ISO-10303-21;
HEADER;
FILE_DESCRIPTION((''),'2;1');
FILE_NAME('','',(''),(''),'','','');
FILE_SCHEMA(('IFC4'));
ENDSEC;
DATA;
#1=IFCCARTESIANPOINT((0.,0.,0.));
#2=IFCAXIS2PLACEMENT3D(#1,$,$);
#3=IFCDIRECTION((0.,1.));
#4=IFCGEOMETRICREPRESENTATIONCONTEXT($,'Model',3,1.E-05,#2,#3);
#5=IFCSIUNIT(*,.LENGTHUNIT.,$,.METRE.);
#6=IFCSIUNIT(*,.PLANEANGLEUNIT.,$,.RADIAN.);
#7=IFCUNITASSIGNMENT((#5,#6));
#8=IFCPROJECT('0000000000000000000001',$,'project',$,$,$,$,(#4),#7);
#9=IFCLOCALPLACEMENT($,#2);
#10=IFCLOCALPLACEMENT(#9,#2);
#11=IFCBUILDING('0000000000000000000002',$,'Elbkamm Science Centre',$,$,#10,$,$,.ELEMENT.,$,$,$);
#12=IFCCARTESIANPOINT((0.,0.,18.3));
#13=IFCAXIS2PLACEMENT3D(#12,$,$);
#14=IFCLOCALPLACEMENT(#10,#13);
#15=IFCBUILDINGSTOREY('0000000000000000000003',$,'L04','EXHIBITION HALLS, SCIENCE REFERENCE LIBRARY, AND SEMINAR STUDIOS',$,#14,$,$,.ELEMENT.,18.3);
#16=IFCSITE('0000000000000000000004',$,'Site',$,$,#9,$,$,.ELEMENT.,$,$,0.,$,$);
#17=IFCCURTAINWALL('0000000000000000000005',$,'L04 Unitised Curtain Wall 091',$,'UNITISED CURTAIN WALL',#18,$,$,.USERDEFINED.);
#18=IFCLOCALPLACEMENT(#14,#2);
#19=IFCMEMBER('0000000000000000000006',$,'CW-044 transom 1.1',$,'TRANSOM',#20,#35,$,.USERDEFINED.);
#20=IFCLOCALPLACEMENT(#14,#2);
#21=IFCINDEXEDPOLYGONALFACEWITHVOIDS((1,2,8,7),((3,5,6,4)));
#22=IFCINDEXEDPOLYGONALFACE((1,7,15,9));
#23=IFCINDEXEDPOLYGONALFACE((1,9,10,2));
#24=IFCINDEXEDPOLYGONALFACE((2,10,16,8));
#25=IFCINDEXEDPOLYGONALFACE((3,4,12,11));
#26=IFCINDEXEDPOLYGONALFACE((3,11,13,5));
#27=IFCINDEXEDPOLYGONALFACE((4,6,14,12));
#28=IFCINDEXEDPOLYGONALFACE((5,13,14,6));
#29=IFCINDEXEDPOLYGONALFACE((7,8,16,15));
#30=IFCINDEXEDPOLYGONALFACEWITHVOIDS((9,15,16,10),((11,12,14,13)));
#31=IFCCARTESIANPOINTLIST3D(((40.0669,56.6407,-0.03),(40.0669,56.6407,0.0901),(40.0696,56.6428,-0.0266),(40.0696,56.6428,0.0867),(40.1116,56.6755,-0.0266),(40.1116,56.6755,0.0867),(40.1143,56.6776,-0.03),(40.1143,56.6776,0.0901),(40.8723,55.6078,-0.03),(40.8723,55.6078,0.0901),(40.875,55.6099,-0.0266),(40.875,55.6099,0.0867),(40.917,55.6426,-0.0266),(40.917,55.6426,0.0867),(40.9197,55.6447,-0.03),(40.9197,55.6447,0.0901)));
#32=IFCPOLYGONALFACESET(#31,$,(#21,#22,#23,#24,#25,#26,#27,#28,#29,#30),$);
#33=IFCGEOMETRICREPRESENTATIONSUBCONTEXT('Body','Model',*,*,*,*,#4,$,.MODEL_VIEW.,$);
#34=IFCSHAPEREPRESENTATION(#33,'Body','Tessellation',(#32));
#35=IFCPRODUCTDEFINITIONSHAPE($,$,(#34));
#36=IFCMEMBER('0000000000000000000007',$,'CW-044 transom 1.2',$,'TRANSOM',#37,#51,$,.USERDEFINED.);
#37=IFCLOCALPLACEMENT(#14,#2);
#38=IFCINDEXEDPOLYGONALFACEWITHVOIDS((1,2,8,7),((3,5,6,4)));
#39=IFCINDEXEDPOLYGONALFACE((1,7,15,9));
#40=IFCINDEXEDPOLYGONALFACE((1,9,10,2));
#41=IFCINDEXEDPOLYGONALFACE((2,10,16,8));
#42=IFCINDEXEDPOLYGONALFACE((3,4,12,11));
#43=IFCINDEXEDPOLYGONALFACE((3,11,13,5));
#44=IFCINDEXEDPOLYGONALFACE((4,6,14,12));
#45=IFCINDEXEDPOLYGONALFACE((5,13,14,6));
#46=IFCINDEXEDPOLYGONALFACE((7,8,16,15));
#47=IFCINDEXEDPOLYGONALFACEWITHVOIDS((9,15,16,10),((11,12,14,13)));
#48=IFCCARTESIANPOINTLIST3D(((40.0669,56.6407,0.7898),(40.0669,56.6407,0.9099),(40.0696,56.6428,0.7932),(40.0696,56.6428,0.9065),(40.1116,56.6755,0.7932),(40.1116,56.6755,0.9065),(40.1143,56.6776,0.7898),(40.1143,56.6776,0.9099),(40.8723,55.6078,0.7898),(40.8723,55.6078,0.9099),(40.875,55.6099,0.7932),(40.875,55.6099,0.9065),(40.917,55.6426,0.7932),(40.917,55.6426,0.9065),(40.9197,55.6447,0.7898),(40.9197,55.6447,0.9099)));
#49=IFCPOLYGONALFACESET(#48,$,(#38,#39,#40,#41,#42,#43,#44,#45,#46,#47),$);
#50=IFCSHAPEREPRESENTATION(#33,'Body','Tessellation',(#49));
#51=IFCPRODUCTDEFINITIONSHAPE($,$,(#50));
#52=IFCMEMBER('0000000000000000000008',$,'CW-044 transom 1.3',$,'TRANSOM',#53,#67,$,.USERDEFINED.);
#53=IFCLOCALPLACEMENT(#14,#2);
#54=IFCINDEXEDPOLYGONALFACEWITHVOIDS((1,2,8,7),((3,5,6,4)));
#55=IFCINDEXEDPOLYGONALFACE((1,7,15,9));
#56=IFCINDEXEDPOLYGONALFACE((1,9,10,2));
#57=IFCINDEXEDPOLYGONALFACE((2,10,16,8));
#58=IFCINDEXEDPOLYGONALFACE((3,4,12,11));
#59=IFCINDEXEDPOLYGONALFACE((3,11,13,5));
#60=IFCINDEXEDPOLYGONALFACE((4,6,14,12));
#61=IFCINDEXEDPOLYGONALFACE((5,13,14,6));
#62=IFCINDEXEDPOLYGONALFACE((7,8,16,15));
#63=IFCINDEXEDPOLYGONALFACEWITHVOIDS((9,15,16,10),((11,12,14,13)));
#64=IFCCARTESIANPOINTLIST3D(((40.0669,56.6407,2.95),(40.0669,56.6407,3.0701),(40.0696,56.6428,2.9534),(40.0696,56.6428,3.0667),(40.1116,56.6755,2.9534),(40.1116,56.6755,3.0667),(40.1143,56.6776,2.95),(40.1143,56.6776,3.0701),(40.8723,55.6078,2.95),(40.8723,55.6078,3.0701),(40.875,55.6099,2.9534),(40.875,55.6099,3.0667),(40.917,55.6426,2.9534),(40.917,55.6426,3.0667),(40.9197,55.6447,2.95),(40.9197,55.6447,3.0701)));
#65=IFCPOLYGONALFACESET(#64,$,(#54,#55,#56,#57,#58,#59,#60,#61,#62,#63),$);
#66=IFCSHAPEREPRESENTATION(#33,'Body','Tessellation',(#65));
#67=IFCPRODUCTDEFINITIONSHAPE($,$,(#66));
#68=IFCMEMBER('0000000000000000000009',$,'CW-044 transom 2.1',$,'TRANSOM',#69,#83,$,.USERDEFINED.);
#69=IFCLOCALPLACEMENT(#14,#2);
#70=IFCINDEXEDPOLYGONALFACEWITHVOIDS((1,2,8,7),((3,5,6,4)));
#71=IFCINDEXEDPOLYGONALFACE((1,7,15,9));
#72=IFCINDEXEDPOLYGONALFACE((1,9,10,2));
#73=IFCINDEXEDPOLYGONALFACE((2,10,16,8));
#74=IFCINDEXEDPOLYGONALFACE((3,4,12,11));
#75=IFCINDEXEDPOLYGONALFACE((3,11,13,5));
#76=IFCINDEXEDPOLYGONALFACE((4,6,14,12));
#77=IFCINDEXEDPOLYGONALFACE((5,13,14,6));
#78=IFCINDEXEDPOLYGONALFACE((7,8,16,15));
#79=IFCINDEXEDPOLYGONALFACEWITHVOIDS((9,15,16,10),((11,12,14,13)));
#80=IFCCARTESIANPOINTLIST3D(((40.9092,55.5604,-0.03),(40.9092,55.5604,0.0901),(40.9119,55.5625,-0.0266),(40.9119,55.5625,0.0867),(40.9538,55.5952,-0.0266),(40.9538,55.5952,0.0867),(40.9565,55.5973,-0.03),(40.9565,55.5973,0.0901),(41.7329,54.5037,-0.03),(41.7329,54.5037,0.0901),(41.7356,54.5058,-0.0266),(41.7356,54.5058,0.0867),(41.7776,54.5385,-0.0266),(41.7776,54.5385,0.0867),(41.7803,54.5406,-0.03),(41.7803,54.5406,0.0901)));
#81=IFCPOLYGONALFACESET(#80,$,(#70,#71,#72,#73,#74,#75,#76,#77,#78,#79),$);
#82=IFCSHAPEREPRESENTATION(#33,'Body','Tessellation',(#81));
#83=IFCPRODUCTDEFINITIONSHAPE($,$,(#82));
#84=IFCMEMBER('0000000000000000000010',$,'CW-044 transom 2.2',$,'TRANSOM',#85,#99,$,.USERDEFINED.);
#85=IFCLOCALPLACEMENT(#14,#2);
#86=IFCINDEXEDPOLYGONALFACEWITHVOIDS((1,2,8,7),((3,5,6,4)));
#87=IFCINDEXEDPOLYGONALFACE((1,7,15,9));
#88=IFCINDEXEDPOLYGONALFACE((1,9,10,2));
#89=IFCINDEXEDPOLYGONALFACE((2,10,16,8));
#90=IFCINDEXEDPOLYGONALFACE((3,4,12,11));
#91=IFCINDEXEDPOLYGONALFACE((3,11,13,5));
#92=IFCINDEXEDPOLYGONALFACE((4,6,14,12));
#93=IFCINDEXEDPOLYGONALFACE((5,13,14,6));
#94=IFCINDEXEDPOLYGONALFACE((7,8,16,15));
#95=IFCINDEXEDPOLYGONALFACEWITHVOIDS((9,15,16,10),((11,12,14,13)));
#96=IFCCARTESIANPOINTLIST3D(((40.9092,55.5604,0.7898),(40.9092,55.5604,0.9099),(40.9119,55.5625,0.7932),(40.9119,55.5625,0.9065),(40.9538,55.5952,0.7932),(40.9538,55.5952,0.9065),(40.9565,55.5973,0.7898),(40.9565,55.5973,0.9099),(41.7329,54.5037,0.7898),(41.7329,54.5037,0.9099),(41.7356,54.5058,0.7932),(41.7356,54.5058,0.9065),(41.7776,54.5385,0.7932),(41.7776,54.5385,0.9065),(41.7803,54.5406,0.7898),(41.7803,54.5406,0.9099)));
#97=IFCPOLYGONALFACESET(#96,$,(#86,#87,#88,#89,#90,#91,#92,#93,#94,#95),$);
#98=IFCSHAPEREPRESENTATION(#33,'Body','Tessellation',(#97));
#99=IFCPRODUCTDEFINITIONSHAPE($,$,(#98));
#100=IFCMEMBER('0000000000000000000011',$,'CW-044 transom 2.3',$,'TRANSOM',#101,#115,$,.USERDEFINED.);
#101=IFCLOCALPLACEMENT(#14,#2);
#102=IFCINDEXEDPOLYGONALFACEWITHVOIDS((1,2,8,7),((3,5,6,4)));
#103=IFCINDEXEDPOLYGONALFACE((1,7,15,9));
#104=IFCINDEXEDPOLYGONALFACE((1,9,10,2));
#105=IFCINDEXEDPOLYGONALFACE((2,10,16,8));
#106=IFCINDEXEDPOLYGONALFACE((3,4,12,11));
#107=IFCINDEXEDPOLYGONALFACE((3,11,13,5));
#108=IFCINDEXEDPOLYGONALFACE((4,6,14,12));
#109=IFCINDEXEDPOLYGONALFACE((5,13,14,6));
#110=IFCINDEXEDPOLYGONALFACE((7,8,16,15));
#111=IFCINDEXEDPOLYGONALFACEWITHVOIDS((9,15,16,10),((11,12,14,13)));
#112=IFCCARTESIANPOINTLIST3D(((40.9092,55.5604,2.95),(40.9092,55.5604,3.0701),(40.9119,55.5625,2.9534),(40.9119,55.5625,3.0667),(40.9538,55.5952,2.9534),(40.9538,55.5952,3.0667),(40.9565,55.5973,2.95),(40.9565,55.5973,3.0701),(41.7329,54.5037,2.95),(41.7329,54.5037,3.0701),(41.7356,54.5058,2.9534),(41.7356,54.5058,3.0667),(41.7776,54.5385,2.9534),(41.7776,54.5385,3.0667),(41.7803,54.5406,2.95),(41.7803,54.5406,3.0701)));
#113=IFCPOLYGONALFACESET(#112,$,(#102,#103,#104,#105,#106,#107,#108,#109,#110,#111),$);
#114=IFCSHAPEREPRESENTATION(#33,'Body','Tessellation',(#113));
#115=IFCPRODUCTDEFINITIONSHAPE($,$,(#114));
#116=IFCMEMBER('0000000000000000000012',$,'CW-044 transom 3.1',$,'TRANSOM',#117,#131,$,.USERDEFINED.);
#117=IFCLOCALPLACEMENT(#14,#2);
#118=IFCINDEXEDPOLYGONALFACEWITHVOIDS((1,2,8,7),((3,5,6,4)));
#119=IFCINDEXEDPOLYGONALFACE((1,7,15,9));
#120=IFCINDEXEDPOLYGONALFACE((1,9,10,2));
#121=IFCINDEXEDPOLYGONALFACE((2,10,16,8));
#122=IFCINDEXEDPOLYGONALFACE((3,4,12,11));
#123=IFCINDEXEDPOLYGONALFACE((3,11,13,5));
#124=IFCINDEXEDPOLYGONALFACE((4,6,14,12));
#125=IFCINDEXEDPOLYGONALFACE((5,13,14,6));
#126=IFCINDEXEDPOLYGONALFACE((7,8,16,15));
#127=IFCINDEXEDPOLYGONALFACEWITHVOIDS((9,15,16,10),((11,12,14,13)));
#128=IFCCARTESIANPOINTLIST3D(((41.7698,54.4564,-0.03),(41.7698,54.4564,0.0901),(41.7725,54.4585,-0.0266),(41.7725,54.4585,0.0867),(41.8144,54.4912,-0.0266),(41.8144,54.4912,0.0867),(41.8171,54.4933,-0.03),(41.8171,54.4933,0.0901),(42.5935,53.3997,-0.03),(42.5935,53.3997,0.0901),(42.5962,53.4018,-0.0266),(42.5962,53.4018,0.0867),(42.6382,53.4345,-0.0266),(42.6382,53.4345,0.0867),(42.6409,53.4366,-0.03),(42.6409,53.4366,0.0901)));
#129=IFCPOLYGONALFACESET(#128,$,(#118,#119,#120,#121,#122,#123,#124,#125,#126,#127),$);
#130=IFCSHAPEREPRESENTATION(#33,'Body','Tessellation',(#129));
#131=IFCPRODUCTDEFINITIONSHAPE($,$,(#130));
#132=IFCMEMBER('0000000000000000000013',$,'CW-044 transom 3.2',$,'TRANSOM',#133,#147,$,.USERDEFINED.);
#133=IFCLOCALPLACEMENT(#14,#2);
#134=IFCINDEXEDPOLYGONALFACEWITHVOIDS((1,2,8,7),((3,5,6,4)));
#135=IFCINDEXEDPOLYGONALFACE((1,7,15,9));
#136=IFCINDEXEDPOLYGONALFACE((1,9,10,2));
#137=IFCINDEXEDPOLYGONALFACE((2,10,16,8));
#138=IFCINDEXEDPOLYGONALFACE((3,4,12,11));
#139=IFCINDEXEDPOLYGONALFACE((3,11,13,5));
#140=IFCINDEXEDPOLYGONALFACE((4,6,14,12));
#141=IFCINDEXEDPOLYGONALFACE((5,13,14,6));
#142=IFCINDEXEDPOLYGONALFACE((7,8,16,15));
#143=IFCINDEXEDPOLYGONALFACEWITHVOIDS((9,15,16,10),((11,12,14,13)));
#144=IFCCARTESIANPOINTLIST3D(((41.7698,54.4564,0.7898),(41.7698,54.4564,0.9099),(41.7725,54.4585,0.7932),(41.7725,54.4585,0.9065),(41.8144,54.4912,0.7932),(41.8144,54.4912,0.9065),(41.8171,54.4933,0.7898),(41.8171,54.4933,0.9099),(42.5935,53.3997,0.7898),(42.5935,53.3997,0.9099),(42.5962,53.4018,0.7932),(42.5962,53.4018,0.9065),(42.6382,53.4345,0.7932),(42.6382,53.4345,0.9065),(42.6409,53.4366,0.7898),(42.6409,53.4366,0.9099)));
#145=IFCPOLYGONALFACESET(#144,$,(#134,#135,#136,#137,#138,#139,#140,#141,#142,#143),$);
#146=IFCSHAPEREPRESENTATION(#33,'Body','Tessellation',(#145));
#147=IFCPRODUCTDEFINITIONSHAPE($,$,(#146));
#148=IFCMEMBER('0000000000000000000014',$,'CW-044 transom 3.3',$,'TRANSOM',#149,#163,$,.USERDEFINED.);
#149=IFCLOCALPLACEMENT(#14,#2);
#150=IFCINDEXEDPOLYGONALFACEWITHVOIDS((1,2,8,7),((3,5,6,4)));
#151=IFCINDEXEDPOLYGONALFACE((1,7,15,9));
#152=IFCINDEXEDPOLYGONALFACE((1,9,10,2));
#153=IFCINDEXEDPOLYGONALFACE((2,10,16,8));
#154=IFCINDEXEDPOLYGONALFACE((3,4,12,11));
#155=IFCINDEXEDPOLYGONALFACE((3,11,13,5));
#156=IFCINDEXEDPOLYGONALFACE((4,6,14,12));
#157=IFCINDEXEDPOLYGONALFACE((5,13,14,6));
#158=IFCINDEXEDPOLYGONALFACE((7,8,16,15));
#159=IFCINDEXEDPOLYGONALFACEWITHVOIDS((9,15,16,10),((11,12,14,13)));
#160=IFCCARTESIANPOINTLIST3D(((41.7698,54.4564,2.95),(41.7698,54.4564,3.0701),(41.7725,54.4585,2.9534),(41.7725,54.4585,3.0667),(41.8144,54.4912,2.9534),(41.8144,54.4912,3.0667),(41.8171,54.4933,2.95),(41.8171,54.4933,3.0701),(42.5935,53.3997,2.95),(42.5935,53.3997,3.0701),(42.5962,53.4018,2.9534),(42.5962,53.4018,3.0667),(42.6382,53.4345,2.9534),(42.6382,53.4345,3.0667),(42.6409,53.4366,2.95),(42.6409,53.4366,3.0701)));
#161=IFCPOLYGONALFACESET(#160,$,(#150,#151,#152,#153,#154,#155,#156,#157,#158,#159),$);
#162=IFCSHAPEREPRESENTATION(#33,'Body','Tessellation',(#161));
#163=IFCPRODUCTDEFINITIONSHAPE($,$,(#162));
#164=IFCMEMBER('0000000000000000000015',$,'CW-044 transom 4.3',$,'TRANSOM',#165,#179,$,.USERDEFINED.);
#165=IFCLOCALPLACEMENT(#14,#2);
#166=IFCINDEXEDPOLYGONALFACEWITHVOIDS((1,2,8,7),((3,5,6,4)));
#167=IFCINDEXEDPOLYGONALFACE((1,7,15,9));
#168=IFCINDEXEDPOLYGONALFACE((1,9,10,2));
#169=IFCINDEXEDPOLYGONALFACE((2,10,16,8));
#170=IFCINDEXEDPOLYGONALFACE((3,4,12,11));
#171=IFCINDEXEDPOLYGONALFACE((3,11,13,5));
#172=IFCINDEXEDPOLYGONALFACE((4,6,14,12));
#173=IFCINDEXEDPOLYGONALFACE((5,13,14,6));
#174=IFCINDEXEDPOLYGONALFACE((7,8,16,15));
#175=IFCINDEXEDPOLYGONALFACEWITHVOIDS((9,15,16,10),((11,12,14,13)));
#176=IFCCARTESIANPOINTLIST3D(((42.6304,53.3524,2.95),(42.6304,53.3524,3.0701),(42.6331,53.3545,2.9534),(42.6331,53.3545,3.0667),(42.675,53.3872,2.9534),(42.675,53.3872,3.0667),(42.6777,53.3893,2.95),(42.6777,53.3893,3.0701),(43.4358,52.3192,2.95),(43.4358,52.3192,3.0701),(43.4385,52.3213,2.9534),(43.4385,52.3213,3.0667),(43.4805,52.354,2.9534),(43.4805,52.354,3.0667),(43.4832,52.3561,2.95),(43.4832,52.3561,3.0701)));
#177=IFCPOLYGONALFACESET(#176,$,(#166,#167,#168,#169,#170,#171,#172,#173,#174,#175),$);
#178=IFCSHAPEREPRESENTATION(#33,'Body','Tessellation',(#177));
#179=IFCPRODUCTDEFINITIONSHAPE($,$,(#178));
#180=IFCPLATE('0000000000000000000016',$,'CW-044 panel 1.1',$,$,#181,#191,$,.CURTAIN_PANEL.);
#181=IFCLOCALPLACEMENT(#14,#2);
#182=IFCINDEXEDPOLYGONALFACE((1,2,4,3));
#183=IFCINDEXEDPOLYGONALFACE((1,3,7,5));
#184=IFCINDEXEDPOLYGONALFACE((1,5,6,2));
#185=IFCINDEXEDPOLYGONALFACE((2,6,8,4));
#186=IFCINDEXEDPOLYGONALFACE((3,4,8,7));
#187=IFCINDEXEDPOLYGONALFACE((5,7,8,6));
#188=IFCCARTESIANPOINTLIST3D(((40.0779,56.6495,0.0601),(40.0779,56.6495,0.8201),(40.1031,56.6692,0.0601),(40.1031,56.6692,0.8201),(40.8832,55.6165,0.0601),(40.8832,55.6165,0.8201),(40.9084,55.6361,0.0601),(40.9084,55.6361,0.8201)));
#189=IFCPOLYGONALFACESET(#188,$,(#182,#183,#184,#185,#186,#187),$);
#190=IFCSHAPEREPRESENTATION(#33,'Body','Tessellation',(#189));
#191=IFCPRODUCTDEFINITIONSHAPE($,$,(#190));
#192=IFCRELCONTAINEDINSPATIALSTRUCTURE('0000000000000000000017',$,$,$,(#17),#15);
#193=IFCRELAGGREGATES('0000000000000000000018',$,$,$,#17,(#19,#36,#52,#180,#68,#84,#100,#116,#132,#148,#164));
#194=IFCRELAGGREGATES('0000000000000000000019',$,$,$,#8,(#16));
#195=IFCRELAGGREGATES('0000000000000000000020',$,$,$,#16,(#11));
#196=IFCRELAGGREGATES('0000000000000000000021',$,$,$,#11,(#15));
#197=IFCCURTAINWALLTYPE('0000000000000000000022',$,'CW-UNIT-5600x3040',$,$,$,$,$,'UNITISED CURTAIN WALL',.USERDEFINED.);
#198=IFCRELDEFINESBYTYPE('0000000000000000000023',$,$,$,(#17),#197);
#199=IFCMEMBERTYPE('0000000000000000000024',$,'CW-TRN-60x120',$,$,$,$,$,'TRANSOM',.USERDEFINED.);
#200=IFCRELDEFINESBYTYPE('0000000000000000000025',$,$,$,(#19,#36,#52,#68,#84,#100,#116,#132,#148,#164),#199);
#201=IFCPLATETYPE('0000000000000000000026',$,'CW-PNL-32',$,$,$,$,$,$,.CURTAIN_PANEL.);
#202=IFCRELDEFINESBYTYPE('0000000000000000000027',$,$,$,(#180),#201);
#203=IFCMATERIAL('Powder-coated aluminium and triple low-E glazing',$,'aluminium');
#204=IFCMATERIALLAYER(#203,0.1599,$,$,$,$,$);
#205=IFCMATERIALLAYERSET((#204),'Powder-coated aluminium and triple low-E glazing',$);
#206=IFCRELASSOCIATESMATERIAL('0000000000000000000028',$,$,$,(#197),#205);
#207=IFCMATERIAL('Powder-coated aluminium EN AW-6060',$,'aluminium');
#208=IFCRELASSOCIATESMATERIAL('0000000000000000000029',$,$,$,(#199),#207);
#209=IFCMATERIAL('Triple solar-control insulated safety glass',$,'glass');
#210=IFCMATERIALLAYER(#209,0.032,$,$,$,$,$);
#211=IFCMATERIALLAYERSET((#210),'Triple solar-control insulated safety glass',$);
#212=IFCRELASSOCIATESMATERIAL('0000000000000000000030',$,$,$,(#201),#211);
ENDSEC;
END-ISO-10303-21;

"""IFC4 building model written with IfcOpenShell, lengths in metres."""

from ifc_helpers import new_model, si_unit, direction, frame, origin, origin_2d, place, context, subcontext, project, spatial, rectangle, hollow_rectangle, extrude, material, layer, layer_set, material_profile, profile_set, type_object, element, aggregate, save


model = new_model("IFC4")

# Units and contexts
model_context = context("Model", 3, precision=1e-05, world=origin(), true_north=direction((0.0, 1.0)))
body_context = subcontext(model_context, "Body", "Model", "MODEL_VIEW")
ifc_project = project(units=[si_unit("LENGTHUNIT", "METRE"), si_unit("PLANEANGLEUNIT", "RADIAN")], contexts=[model_context])

# Site, building, storey
site_placement = place(None, origin())
site = spatial("IfcSite", under=ifc_project, at=site_placement, Name="Site", CompositionType="ELEMENT", RefElevation=0.0)
building_placement = place(site_placement, origin())
building = spatial("IfcBuilding", under=site, at=building_placement, Name="Elbkamm Science Centre", CompositionType="ELEMENT")
storey_placement = place(building_placement, frame((0.0, 0.0, 18.3)))
storey = spatial("IfcBuildingStorey", under=building, at=storey_placement, Name="L04", Description="EXHIBITION HALLS, SCIENCE REFERENCE LIBRARY, AND SEMINAR STUDIOS", CompositionType="ELEMENT", Elevation=18.3)

# Shared definitions
ifc_material_1 = material(Name="Powder-coated aluminium and triple low-E glazing", Category="aluminium")
ifc_material_2 = material(Name="Powder-coated aluminium EN AW-6060", Category="aluminium")

# Curtain wall, members, plate
ifc_layer_1 = layer(ifc_material_1, 0.1599)
ifc_layer_set_1 = layer_set([ifc_layer_1], Name="Powder-coated aluminium and triple low-E glazing")
curtain_wall_type_1 = type_object("IfcCurtainWallType", Name="CW-UNIT-5600x3040", ElementType="UNITISED CURTAIN WALL", PredefinedType="USERDEFINED", material=ifc_layer_set_1)
curtain_wall_1_placement = place(storey_placement, origin())
curtain_wall_1 = element("IfcCurtainWall", 1, at=curtain_wall_1_placement, inside=storey, type_object=curtain_wall_type_1, Name="L04 Unitised Curtain Wall 091", ObjectType="UNITISED CURTAIN WALL", PredefinedType="USERDEFINED")
ifc_material_profile_1 = material_profile(ifc_material_2, hollow_rectangle(XDim=0.0601, YDim=0.1201, WallThickness=0.0034, at=origin_2d()), Name="ALU T60x120")
ifc_profile_set_1 = profile_set([ifc_material_profile_1], Name="Powder-coated aluminium EN AW-6060")
member_type_1 = type_object("IfcMemberType", Name="CW-TRN-60x120", ElementType="TRANSOM", PredefinedType="USERDEFINED", material=ifc_profile_set_1)
member_1_placement = place(storey_placement, frame((40.0906, 56.6592, 0.03), z_axis=(0.614895, -0.788609, 0.0), x_axis=(0.788609, 0.614895, 0.0)))
member_1 = element("IfcMember", 2, at=member_1_placement, type_object=member_type_1, Name="CW-044 transom 1.1", ObjectType="TRANSOM", PredefinedType="USERDEFINED", context=body_context, shape_type="SweptSolid", body=[
    extrude(hollow_rectangle(XDim=0.0601, YDim=0.1201, WallThickness=0.0034, at=origin_2d()), origin(), (0.0, 0.0, 1.0), 1.3098),
])
member_2_placement = place(storey_placement, frame((40.0906, 56.6592, 0.8499), z_axis=(0.614895, -0.788609, 0.0), x_axis=(0.788609, 0.614895, 0.0)))
member_2 = element("IfcMember", 3, at=member_2_placement, type_object=member_type_1, Name="CW-044 transom 1.2", ObjectType="TRANSOM", PredefinedType="USERDEFINED", context=body_context, shape_type="SweptSolid", body=[
    extrude(hollow_rectangle(XDim=0.0601, YDim=0.1201, WallThickness=0.0034, at=origin_2d()), origin(), (0.0, 0.0, 1.0), 1.3098),
])
member_3_placement = place(storey_placement, frame((40.0906, 56.6592, 3.01), z_axis=(0.614895, -0.788609, 0.0), x_axis=(0.788609, 0.614895, 0.0)))
member_3 = element("IfcMember", 4, at=member_3_placement, type_object=member_type_1, Name="CW-044 transom 1.3", ObjectType="TRANSOM", PredefinedType="USERDEFINED", context=body_context, shape_type="SweptSolid", body=[
    extrude(hollow_rectangle(XDim=0.0601, YDim=0.1201, WallThickness=0.0034, at=origin_2d()), origin(), (0.0, 0.0, 1.0), 1.3098),
])
member_4_placement = place(storey_placement, frame((40.9329, 55.5789, 0.03), z_axis=(0.614823, -0.788665, 0.0), x_axis=(0.788665, 0.614823, 0.0)))
member_4 = element("IfcMember", 5, at=member_4_placement, type_object=member_type_1, Name="CW-044 transom 2.1", ObjectType="TRANSOM", PredefinedType="USERDEFINED", context=body_context, shape_type="SweptSolid", body=[
    extrude(hollow_rectangle(XDim=0.0601, YDim=0.1201, WallThickness=0.0034, at=origin_2d()), origin(), (0.0, 0.0, 1.0), 1.3398),
])
member_5_placement = place(storey_placement, frame((40.9329, 55.5789, 0.8499), z_axis=(0.614823, -0.788665, 0.0), x_axis=(0.788665, 0.614823, 0.0)))
member_5 = element("IfcMember", 6, at=member_5_placement, type_object=member_type_1, Name="CW-044 transom 2.2", ObjectType="TRANSOM", PredefinedType="USERDEFINED", context=body_context, shape_type="SweptSolid", body=[
    extrude(hollow_rectangle(XDim=0.0601, YDim=0.1201, WallThickness=0.0034, at=origin_2d()), origin(), (0.0, 0.0, 1.0), 1.3398),
])
member_6_placement = place(storey_placement, frame((40.9329, 55.5789, 3.01), z_axis=(0.614823, -0.788665, 0.0), x_axis=(0.788665, 0.614823, 0.0)))
member_6 = element("IfcMember", 7, at=member_6_placement, type_object=member_type_1, Name="CW-044 transom 2.3", ObjectType="TRANSOM", PredefinedType="USERDEFINED", context=body_context, shape_type="SweptSolid", body=[
    extrude(hollow_rectangle(XDim=0.0601, YDim=0.1201, WallThickness=0.0034, at=origin_2d()), origin(), (0.0, 0.0, 1.0), 1.3398),
])
member_7_placement = place(storey_placement, frame((41.7935, 54.4749, 0.03), z_axis=(0.614823, -0.788665, 0.0), x_axis=(0.788665, 0.614823, 0.0)))
member_7 = element("IfcMember", 8, at=member_7_placement, type_object=member_type_1, Name="CW-044 transom 3.1", ObjectType="TRANSOM", PredefinedType="USERDEFINED", context=body_context, shape_type="SweptSolid", body=[
    extrude(hollow_rectangle(XDim=0.0601, YDim=0.1201, WallThickness=0.0034, at=origin_2d()), origin(), (0.0, 0.0, 1.0), 1.3398),
])
member_8_placement = place(storey_placement, frame((41.7935, 54.4749, 0.8499), z_axis=(0.614823, -0.788665, 0.0), x_axis=(0.788665, 0.614823, 0.0)))
member_8 = element("IfcMember", 9, at=member_8_placement, type_object=member_type_1, Name="CW-044 transom 3.2", ObjectType="TRANSOM", PredefinedType="USERDEFINED", context=body_context, shape_type="SweptSolid", body=[
    extrude(hollow_rectangle(XDim=0.0601, YDim=0.1201, WallThickness=0.0034, at=origin_2d()), origin(), (0.0, 0.0, 1.0), 1.3398),
])
member_9_placement = place(storey_placement, frame((41.7935, 54.4749, 3.01), z_axis=(0.614823, -0.788665, 0.0), x_axis=(0.788665, 0.614823, 0.0)))
member_9 = element("IfcMember", 10, at=member_9_placement, type_object=member_type_1, Name="CW-044 transom 3.3", ObjectType="TRANSOM", PredefinedType="USERDEFINED", context=body_context, shape_type="SweptSolid", body=[
    extrude(hollow_rectangle(XDim=0.0601, YDim=0.1201, WallThickness=0.0034, at=origin_2d()), origin(), (0.0, 0.0, 1.0), 1.3398),
])
member_10_placement = place(storey_placement, frame((42.6541, 53.3708, 3.01), z_axis=(0.614805, -0.788679, 0.0), x_axis=(0.788679, 0.614805, 0.0)))
member_10 = element("IfcMember", 11, at=member_10_placement, type_object=member_type_1, Name="CW-044 transom 4.3", ObjectType="TRANSOM", PredefinedType="USERDEFINED", context=body_context, shape_type="SweptSolid", body=[
    extrude(hollow_rectangle(XDim=0.0601, YDim=0.1201, WallThickness=0.0034, at=origin_2d()), origin(), (0.0, 0.0, 1.0), 1.3101),
])
ifc_material_3 = material(Name="Triple solar-control insulated safety glass", Category="glass")
ifc_layer_2 = layer(ifc_material_3, 0.032)
ifc_layer_set_2 = layer_set([ifc_layer_2], Name="Triple solar-control insulated safety glass")
plate_type = type_object("IfcPlateType", Name="CW-PNL-32", PredefinedType="CURTAIN_PANEL", material=ifc_layer_set_2)
plate_1_placement = place(storey_placement, frame((40.4932, 56.1428, 0.0601), z_axis=(0.0, 0.0, 1.0), x_axis=(0.614806, -0.788679, 0.0)))
plate_1 = element("IfcPlate", 12, at=plate_1_placement, type_object=plate_type, Name="CW-044 panel 1.1", PredefinedType="CURTAIN_PANEL", context=body_context, shape_type="SweptSolid", body=[
    extrude(rectangle(XDim=1.3098, YDim=0.032, at=origin_2d()), origin(), (0.0, 0.0, 1.0), 0.76),
])
aggregate(curtain_wall_1, [member_1, member_2, member_3, plate_1, member_4, member_5, member_6, member_7, member_8, member_9, member_10])

save(model, "model.ifc")
